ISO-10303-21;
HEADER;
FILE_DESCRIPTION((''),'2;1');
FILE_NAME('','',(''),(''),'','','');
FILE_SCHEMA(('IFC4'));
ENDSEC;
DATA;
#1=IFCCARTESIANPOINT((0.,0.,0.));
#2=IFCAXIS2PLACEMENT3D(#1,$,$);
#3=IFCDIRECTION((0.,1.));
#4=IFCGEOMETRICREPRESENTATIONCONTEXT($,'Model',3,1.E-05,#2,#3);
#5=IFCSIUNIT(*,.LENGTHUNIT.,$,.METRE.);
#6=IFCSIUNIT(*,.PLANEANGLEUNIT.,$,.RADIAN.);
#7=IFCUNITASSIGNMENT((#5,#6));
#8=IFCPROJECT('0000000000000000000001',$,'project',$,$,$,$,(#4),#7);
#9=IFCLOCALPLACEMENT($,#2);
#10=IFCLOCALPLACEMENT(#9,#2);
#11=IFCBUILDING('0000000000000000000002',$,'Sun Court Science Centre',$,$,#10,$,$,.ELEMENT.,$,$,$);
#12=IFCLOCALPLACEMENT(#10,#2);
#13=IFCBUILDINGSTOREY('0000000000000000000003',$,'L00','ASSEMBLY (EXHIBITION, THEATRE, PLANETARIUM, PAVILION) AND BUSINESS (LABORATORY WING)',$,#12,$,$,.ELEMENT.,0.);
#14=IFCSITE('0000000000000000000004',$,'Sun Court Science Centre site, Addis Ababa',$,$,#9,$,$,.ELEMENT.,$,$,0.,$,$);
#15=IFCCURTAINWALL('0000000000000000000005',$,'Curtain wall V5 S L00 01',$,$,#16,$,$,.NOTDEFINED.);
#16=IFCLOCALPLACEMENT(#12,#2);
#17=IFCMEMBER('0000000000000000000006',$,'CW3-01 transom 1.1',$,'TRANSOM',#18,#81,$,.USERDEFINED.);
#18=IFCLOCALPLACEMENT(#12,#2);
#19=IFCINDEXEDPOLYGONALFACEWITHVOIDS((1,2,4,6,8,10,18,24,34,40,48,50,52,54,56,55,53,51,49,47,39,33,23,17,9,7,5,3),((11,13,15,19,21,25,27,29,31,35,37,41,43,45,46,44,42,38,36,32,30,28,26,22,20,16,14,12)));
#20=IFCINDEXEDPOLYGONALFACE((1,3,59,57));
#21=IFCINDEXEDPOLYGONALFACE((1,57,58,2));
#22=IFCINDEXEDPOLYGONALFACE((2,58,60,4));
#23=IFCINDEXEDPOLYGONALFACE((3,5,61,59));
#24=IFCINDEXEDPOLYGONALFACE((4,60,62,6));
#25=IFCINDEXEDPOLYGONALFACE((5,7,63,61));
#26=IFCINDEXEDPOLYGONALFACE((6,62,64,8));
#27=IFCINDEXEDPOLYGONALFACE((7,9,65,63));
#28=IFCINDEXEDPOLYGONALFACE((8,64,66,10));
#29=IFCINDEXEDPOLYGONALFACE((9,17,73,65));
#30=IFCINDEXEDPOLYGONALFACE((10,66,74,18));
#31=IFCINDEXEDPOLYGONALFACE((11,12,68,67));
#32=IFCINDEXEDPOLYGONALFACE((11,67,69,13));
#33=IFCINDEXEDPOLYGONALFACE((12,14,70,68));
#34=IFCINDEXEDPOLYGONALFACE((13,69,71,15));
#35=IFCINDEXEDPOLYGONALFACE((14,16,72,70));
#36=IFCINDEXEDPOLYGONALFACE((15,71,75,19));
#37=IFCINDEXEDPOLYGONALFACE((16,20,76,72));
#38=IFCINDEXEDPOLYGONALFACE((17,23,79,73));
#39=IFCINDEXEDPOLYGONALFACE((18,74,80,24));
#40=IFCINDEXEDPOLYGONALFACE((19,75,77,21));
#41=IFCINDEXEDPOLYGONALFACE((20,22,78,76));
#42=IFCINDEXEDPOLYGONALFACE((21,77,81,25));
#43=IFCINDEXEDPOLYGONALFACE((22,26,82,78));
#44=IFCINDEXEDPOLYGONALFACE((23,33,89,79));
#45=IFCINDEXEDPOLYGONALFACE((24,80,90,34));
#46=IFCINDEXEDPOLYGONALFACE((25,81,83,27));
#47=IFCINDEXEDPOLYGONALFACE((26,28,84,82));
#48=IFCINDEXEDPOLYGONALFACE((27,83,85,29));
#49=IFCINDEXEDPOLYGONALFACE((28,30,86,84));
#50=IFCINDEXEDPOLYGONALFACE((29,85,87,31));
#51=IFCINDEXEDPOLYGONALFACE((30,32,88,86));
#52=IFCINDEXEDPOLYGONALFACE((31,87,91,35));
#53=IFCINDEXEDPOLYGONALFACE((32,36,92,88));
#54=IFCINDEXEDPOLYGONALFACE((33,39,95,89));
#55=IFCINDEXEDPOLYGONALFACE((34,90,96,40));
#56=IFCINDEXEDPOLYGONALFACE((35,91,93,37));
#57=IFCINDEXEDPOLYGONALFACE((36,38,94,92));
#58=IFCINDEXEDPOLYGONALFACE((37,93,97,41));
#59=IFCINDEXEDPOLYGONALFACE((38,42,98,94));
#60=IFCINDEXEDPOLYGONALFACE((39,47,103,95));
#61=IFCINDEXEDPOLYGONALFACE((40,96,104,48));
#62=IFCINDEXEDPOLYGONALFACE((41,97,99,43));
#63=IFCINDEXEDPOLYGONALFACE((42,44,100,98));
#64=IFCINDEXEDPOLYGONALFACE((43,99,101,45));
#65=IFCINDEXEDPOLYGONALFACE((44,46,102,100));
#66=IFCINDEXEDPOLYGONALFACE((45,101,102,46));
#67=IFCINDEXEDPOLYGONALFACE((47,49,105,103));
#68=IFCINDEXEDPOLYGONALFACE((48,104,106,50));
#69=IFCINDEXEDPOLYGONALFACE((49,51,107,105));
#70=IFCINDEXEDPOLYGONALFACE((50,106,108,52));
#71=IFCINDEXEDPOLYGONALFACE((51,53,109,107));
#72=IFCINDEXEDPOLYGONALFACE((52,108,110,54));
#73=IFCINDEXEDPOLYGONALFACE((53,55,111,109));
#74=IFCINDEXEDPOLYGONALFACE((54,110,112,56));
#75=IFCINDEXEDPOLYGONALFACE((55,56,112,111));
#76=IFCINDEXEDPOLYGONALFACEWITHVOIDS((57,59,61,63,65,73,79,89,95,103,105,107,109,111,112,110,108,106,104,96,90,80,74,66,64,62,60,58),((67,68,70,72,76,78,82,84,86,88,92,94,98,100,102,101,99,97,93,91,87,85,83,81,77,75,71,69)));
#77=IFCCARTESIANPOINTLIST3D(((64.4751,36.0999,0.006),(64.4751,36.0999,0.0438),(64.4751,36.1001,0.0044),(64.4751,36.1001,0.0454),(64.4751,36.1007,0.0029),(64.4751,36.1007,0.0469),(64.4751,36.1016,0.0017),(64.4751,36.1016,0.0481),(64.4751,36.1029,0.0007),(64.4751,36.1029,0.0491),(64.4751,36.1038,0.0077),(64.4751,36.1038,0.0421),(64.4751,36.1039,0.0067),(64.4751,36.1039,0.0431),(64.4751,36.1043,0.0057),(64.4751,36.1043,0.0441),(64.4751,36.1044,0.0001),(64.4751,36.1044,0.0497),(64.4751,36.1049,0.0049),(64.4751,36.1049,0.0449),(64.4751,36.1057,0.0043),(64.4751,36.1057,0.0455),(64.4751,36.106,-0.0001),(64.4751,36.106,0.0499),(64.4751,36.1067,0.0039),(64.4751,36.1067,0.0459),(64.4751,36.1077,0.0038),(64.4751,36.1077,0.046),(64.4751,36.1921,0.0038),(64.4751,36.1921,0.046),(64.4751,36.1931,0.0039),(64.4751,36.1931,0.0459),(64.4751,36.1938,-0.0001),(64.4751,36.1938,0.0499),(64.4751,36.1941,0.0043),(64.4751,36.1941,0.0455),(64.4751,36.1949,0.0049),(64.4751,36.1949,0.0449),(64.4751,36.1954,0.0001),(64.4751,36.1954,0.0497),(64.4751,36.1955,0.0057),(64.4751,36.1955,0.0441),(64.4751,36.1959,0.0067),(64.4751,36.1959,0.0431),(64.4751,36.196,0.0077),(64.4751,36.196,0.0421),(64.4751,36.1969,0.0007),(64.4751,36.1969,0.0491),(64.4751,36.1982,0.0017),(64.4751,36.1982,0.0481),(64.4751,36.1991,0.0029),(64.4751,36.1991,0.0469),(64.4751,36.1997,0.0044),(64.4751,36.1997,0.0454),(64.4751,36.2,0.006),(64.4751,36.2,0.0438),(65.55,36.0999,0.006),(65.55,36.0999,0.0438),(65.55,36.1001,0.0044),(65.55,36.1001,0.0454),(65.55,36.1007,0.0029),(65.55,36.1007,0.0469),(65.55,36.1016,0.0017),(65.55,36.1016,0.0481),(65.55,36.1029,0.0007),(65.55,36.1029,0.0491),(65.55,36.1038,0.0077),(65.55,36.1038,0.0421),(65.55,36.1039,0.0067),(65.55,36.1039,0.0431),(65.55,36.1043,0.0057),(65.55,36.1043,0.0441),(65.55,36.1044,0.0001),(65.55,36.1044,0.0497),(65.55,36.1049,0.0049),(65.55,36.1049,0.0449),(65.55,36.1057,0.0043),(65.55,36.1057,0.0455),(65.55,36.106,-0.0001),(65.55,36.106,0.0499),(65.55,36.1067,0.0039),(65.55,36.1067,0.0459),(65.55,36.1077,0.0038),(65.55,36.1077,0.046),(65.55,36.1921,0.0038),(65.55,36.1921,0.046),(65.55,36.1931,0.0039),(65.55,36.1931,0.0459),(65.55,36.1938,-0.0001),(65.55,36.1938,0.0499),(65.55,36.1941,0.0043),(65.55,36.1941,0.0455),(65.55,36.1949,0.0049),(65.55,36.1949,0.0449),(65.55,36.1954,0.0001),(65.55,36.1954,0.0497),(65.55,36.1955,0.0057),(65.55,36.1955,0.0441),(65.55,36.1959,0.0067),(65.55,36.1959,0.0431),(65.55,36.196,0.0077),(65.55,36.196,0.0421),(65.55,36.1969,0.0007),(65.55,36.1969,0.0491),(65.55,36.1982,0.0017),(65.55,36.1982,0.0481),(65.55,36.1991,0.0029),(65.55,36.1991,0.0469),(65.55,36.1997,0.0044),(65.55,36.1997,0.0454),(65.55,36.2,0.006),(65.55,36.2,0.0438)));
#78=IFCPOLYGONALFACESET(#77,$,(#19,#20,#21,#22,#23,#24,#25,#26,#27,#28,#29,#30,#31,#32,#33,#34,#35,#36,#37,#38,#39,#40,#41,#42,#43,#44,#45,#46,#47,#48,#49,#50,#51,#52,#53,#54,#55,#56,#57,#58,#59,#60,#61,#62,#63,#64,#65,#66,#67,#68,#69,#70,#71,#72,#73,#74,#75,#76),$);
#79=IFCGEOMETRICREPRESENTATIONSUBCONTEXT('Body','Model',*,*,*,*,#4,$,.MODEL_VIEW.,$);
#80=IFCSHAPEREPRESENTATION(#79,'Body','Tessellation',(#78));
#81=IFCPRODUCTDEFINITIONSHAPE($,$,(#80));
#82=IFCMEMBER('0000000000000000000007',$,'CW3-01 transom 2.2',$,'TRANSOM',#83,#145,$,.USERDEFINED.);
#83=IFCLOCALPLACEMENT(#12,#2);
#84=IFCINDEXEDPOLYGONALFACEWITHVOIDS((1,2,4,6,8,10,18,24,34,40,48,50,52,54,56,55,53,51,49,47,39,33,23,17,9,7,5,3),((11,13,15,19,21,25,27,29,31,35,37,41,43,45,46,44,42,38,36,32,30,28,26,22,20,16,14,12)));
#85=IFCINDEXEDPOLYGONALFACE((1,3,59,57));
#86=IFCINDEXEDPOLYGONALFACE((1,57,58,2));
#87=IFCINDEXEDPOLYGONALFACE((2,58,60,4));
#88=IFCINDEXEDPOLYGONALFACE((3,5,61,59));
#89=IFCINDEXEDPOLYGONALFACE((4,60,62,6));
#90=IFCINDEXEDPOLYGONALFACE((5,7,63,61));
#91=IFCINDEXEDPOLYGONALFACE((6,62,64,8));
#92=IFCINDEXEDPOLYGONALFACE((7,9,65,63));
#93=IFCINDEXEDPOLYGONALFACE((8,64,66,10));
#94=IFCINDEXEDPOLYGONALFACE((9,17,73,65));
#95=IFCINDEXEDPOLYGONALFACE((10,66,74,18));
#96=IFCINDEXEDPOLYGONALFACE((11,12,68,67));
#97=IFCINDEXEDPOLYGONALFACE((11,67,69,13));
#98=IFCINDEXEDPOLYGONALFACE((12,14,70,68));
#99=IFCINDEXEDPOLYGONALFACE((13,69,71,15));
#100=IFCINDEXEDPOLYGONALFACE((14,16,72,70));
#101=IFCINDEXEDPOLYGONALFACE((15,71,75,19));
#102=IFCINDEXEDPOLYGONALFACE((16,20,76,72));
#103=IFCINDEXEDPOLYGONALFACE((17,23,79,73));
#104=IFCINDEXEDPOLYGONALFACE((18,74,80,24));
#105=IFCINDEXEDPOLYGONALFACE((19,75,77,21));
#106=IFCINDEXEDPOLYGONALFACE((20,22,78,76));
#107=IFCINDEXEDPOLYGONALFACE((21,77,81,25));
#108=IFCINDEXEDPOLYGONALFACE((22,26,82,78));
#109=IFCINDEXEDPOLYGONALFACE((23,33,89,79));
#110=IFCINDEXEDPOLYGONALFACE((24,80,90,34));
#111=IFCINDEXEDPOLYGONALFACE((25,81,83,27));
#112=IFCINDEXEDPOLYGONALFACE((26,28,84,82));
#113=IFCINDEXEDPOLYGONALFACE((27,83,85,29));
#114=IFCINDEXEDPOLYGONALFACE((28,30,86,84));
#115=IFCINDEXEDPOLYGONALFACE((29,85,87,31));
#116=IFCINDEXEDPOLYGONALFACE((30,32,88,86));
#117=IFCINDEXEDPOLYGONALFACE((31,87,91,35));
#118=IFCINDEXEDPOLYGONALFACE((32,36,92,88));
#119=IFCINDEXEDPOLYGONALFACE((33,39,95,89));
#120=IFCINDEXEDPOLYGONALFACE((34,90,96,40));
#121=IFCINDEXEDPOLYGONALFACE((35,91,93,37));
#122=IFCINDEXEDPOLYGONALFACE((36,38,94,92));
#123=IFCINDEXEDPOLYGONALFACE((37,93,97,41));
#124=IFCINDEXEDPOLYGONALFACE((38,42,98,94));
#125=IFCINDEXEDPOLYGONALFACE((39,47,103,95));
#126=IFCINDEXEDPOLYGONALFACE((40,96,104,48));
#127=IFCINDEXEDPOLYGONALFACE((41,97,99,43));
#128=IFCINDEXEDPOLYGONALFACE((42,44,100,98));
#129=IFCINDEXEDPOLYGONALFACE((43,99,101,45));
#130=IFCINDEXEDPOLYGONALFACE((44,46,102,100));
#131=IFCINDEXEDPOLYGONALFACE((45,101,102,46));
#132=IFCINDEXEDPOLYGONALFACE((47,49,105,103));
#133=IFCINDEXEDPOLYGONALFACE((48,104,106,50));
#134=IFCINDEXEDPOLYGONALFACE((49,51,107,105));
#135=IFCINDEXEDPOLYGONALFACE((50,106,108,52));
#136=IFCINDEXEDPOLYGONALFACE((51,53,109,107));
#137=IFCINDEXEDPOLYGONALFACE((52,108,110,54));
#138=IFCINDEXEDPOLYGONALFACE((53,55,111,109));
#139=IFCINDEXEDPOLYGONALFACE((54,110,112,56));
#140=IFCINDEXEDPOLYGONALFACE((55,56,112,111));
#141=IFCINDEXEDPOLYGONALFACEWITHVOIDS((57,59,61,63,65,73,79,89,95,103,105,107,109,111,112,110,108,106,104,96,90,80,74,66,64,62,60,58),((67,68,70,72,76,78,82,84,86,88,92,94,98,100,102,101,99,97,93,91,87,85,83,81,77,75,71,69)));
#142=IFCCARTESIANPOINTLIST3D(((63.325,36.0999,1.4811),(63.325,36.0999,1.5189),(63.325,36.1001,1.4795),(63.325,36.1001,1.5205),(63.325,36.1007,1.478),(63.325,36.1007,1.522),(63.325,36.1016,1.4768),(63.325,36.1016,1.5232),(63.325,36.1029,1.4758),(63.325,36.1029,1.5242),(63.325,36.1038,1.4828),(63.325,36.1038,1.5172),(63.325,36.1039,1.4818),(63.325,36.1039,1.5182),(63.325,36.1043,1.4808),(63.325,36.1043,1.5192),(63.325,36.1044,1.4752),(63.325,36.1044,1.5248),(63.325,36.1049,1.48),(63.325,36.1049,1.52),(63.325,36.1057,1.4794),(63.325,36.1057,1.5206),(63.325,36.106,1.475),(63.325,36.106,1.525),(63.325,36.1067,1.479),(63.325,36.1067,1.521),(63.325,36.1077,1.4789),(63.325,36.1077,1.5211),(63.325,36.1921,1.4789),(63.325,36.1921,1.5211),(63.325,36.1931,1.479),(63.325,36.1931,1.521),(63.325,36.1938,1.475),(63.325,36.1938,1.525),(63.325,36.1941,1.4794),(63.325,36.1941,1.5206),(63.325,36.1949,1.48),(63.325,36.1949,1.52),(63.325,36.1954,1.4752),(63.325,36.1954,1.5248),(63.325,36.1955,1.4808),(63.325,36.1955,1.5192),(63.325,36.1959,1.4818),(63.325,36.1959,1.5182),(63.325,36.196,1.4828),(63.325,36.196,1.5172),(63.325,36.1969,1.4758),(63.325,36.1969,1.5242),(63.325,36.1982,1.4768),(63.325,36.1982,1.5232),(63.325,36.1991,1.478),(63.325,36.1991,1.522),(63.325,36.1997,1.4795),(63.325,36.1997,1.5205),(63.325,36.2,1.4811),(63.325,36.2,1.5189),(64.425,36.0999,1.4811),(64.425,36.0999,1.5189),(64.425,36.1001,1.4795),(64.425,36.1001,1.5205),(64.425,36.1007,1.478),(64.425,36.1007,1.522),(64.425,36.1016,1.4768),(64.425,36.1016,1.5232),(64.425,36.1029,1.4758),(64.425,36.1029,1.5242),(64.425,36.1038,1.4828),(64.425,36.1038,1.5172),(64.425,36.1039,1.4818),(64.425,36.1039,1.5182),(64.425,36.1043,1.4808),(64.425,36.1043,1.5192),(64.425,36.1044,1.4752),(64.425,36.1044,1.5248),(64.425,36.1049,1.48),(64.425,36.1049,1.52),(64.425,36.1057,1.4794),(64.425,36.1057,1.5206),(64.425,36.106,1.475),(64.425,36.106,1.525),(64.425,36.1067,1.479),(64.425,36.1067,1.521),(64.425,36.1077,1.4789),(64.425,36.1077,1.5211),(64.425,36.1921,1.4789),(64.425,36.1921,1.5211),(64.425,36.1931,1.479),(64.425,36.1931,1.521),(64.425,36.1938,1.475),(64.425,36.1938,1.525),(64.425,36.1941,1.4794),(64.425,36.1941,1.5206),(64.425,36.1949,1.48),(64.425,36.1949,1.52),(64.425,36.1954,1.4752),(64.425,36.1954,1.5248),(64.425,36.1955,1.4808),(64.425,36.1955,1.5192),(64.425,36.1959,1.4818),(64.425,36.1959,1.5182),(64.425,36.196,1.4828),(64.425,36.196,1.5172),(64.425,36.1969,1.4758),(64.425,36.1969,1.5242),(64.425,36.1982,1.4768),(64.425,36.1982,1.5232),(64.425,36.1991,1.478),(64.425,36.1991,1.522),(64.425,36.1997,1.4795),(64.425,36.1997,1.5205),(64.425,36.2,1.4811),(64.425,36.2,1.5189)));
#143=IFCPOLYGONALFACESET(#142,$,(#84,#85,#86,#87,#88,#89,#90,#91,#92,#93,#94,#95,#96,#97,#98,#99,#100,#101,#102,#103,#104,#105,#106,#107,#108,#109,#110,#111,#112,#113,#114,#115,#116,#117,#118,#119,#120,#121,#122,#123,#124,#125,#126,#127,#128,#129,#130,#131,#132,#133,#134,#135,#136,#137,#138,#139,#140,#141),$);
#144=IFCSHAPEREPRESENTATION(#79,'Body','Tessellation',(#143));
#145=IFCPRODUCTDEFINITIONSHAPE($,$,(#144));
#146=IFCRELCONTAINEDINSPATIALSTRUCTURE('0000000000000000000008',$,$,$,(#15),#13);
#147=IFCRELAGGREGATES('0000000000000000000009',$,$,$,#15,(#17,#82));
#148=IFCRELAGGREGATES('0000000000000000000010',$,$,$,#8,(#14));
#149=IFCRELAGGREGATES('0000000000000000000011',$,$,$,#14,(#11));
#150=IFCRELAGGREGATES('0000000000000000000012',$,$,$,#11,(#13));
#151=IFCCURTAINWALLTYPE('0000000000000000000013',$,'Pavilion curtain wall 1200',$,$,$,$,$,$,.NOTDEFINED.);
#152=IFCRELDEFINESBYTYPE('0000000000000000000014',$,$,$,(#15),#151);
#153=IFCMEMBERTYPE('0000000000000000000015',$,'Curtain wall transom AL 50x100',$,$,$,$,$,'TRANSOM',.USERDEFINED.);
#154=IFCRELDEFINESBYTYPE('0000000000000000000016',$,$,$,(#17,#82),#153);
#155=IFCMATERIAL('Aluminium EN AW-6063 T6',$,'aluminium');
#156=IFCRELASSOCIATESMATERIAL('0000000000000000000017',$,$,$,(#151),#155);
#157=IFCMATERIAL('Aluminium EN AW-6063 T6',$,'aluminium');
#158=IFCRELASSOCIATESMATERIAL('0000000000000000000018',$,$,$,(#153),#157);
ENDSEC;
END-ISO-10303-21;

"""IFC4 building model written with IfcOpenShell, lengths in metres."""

from ifc_helpers import new_model, si_unit, direction, frame, origin, origin_2d, place, context, subcontext, project, spatial, hollow_rectangle, extrude, material, material_profile, profile_set, type_object, element, aggregate, save


model = new_model("IFC4")

# Units and contexts
model_context = context("Model", 3, precision=1e-05, world=origin(), true_north=direction((0.0, 1.0)))
body_context = subcontext(model_context, "Body", "Model", "MODEL_VIEW")
ifc_project = project(units=[si_unit("LENGTHUNIT", "METRE"), si_unit("PLANEANGLEUNIT", "RADIAN")], contexts=[model_context])

# Site, building, storey
site_placement = place(None, origin())
site = spatial("IfcSite", under=ifc_project, at=site_placement, Name="Sun Court Science Centre site, Addis Ababa", CompositionType="ELEMENT", RefElevation=0.0)
building_placement = place(site_placement, origin())
building = spatial("IfcBuilding", under=site, at=building_placement, Name="Sun Court Science Centre", CompositionType="ELEMENT")
storey_placement = place(building_placement, origin())
storey = spatial("IfcBuildingStorey", under=building, at=storey_placement, Name="L00", Description="ASSEMBLY (EXHIBITION, THEATRE, PLANETARIUM, PAVILION) AND BUSINESS (LABORATORY WING)", CompositionType="ELEMENT", Elevation=0.0)

# Curtain wall, members
ifc_material_1 = material(Name="Aluminium EN AW-6063 T6", Category="aluminium")
curtain_wall_type = type_object("IfcCurtainWallType", Name="Pavilion curtain wall 1200", PredefinedType="NOTDEFINED", material=ifc_material_1)
curtain_wall_placement = place(storey_placement, origin())
curtain_wall = element("IfcCurtainWall", 1, at=curtain_wall_placement, inside=storey, type_object=curtain_wall_type, Name="Curtain wall V5 S L00 01", PredefinedType="NOTDEFINED")
ifc_material_2 = material(Name="Aluminium EN AW-6063 T6", Category="aluminium")
ifc_material_profile_1 = material_profile(ifc_material_2, hollow_rectangle(XDim=0.05, YDim=0.1001, WallThickness=0.0039, InnerFilletRadius=0.0039, OuterFilletRadius=0.0061, at=origin_2d()), Name="AL 50x100x4")
ifc_profile_set_1 = profile_set([ifc_material_profile_1], Name="Aluminium EN AW-6063 T6")
member_type_1 = type_object("IfcMemberType", Name="Curtain wall transom AL 50x100", ElementType="TRANSOM", PredefinedType="USERDEFINED", material=ifc_profile_set_1)
member_1_placement = place(storey_placement, frame((65.55, 36.1499, 0.0249), z_axis=(-1.0, 0.0, 0.0), x_axis=(0.0, 0.0, 1.0)))
member_1 = element("IfcMember", 2, at=member_1_placement, type_object=member_type_1, Name="CW3-01 transom 1.1", ObjectType="TRANSOM", PredefinedType="USERDEFINED", context=body_context, shape_type="SweptSolid", body=[
    extrude(hollow_rectangle(XDim=0.05, YDim=0.1001, WallThickness=0.0039, InnerFilletRadius=0.0039, OuterFilletRadius=0.0061, at=origin_2d()), origin(), (0.0, 0.0, 1.0), 1.075),
])
member_2_placement = place(storey_placement, frame((64.425, 36.1499, 1.5), z_axis=(-1.0, 0.0, 0.0), x_axis=(0.0, 0.0, 1.0)))
member_2 = element("IfcMember", 3, at=member_2_placement, type_object=member_type_1, Name="CW3-01 transom 2.2", ObjectType="TRANSOM", PredefinedType="USERDEFINED", context=body_context, shape_type="SweptSolid", body=[
    extrude(hollow_rectangle(XDim=0.05, YDim=0.1001, WallThickness=0.0039, InnerFilletRadius=0.0039, OuterFilletRadius=0.0061, at=origin_2d()), origin(), (0.0, 0.0, 1.0), 1.1001),
])
aggregate(curtain_wall, [member_1, member_2])

save(model, "model.ifc")
